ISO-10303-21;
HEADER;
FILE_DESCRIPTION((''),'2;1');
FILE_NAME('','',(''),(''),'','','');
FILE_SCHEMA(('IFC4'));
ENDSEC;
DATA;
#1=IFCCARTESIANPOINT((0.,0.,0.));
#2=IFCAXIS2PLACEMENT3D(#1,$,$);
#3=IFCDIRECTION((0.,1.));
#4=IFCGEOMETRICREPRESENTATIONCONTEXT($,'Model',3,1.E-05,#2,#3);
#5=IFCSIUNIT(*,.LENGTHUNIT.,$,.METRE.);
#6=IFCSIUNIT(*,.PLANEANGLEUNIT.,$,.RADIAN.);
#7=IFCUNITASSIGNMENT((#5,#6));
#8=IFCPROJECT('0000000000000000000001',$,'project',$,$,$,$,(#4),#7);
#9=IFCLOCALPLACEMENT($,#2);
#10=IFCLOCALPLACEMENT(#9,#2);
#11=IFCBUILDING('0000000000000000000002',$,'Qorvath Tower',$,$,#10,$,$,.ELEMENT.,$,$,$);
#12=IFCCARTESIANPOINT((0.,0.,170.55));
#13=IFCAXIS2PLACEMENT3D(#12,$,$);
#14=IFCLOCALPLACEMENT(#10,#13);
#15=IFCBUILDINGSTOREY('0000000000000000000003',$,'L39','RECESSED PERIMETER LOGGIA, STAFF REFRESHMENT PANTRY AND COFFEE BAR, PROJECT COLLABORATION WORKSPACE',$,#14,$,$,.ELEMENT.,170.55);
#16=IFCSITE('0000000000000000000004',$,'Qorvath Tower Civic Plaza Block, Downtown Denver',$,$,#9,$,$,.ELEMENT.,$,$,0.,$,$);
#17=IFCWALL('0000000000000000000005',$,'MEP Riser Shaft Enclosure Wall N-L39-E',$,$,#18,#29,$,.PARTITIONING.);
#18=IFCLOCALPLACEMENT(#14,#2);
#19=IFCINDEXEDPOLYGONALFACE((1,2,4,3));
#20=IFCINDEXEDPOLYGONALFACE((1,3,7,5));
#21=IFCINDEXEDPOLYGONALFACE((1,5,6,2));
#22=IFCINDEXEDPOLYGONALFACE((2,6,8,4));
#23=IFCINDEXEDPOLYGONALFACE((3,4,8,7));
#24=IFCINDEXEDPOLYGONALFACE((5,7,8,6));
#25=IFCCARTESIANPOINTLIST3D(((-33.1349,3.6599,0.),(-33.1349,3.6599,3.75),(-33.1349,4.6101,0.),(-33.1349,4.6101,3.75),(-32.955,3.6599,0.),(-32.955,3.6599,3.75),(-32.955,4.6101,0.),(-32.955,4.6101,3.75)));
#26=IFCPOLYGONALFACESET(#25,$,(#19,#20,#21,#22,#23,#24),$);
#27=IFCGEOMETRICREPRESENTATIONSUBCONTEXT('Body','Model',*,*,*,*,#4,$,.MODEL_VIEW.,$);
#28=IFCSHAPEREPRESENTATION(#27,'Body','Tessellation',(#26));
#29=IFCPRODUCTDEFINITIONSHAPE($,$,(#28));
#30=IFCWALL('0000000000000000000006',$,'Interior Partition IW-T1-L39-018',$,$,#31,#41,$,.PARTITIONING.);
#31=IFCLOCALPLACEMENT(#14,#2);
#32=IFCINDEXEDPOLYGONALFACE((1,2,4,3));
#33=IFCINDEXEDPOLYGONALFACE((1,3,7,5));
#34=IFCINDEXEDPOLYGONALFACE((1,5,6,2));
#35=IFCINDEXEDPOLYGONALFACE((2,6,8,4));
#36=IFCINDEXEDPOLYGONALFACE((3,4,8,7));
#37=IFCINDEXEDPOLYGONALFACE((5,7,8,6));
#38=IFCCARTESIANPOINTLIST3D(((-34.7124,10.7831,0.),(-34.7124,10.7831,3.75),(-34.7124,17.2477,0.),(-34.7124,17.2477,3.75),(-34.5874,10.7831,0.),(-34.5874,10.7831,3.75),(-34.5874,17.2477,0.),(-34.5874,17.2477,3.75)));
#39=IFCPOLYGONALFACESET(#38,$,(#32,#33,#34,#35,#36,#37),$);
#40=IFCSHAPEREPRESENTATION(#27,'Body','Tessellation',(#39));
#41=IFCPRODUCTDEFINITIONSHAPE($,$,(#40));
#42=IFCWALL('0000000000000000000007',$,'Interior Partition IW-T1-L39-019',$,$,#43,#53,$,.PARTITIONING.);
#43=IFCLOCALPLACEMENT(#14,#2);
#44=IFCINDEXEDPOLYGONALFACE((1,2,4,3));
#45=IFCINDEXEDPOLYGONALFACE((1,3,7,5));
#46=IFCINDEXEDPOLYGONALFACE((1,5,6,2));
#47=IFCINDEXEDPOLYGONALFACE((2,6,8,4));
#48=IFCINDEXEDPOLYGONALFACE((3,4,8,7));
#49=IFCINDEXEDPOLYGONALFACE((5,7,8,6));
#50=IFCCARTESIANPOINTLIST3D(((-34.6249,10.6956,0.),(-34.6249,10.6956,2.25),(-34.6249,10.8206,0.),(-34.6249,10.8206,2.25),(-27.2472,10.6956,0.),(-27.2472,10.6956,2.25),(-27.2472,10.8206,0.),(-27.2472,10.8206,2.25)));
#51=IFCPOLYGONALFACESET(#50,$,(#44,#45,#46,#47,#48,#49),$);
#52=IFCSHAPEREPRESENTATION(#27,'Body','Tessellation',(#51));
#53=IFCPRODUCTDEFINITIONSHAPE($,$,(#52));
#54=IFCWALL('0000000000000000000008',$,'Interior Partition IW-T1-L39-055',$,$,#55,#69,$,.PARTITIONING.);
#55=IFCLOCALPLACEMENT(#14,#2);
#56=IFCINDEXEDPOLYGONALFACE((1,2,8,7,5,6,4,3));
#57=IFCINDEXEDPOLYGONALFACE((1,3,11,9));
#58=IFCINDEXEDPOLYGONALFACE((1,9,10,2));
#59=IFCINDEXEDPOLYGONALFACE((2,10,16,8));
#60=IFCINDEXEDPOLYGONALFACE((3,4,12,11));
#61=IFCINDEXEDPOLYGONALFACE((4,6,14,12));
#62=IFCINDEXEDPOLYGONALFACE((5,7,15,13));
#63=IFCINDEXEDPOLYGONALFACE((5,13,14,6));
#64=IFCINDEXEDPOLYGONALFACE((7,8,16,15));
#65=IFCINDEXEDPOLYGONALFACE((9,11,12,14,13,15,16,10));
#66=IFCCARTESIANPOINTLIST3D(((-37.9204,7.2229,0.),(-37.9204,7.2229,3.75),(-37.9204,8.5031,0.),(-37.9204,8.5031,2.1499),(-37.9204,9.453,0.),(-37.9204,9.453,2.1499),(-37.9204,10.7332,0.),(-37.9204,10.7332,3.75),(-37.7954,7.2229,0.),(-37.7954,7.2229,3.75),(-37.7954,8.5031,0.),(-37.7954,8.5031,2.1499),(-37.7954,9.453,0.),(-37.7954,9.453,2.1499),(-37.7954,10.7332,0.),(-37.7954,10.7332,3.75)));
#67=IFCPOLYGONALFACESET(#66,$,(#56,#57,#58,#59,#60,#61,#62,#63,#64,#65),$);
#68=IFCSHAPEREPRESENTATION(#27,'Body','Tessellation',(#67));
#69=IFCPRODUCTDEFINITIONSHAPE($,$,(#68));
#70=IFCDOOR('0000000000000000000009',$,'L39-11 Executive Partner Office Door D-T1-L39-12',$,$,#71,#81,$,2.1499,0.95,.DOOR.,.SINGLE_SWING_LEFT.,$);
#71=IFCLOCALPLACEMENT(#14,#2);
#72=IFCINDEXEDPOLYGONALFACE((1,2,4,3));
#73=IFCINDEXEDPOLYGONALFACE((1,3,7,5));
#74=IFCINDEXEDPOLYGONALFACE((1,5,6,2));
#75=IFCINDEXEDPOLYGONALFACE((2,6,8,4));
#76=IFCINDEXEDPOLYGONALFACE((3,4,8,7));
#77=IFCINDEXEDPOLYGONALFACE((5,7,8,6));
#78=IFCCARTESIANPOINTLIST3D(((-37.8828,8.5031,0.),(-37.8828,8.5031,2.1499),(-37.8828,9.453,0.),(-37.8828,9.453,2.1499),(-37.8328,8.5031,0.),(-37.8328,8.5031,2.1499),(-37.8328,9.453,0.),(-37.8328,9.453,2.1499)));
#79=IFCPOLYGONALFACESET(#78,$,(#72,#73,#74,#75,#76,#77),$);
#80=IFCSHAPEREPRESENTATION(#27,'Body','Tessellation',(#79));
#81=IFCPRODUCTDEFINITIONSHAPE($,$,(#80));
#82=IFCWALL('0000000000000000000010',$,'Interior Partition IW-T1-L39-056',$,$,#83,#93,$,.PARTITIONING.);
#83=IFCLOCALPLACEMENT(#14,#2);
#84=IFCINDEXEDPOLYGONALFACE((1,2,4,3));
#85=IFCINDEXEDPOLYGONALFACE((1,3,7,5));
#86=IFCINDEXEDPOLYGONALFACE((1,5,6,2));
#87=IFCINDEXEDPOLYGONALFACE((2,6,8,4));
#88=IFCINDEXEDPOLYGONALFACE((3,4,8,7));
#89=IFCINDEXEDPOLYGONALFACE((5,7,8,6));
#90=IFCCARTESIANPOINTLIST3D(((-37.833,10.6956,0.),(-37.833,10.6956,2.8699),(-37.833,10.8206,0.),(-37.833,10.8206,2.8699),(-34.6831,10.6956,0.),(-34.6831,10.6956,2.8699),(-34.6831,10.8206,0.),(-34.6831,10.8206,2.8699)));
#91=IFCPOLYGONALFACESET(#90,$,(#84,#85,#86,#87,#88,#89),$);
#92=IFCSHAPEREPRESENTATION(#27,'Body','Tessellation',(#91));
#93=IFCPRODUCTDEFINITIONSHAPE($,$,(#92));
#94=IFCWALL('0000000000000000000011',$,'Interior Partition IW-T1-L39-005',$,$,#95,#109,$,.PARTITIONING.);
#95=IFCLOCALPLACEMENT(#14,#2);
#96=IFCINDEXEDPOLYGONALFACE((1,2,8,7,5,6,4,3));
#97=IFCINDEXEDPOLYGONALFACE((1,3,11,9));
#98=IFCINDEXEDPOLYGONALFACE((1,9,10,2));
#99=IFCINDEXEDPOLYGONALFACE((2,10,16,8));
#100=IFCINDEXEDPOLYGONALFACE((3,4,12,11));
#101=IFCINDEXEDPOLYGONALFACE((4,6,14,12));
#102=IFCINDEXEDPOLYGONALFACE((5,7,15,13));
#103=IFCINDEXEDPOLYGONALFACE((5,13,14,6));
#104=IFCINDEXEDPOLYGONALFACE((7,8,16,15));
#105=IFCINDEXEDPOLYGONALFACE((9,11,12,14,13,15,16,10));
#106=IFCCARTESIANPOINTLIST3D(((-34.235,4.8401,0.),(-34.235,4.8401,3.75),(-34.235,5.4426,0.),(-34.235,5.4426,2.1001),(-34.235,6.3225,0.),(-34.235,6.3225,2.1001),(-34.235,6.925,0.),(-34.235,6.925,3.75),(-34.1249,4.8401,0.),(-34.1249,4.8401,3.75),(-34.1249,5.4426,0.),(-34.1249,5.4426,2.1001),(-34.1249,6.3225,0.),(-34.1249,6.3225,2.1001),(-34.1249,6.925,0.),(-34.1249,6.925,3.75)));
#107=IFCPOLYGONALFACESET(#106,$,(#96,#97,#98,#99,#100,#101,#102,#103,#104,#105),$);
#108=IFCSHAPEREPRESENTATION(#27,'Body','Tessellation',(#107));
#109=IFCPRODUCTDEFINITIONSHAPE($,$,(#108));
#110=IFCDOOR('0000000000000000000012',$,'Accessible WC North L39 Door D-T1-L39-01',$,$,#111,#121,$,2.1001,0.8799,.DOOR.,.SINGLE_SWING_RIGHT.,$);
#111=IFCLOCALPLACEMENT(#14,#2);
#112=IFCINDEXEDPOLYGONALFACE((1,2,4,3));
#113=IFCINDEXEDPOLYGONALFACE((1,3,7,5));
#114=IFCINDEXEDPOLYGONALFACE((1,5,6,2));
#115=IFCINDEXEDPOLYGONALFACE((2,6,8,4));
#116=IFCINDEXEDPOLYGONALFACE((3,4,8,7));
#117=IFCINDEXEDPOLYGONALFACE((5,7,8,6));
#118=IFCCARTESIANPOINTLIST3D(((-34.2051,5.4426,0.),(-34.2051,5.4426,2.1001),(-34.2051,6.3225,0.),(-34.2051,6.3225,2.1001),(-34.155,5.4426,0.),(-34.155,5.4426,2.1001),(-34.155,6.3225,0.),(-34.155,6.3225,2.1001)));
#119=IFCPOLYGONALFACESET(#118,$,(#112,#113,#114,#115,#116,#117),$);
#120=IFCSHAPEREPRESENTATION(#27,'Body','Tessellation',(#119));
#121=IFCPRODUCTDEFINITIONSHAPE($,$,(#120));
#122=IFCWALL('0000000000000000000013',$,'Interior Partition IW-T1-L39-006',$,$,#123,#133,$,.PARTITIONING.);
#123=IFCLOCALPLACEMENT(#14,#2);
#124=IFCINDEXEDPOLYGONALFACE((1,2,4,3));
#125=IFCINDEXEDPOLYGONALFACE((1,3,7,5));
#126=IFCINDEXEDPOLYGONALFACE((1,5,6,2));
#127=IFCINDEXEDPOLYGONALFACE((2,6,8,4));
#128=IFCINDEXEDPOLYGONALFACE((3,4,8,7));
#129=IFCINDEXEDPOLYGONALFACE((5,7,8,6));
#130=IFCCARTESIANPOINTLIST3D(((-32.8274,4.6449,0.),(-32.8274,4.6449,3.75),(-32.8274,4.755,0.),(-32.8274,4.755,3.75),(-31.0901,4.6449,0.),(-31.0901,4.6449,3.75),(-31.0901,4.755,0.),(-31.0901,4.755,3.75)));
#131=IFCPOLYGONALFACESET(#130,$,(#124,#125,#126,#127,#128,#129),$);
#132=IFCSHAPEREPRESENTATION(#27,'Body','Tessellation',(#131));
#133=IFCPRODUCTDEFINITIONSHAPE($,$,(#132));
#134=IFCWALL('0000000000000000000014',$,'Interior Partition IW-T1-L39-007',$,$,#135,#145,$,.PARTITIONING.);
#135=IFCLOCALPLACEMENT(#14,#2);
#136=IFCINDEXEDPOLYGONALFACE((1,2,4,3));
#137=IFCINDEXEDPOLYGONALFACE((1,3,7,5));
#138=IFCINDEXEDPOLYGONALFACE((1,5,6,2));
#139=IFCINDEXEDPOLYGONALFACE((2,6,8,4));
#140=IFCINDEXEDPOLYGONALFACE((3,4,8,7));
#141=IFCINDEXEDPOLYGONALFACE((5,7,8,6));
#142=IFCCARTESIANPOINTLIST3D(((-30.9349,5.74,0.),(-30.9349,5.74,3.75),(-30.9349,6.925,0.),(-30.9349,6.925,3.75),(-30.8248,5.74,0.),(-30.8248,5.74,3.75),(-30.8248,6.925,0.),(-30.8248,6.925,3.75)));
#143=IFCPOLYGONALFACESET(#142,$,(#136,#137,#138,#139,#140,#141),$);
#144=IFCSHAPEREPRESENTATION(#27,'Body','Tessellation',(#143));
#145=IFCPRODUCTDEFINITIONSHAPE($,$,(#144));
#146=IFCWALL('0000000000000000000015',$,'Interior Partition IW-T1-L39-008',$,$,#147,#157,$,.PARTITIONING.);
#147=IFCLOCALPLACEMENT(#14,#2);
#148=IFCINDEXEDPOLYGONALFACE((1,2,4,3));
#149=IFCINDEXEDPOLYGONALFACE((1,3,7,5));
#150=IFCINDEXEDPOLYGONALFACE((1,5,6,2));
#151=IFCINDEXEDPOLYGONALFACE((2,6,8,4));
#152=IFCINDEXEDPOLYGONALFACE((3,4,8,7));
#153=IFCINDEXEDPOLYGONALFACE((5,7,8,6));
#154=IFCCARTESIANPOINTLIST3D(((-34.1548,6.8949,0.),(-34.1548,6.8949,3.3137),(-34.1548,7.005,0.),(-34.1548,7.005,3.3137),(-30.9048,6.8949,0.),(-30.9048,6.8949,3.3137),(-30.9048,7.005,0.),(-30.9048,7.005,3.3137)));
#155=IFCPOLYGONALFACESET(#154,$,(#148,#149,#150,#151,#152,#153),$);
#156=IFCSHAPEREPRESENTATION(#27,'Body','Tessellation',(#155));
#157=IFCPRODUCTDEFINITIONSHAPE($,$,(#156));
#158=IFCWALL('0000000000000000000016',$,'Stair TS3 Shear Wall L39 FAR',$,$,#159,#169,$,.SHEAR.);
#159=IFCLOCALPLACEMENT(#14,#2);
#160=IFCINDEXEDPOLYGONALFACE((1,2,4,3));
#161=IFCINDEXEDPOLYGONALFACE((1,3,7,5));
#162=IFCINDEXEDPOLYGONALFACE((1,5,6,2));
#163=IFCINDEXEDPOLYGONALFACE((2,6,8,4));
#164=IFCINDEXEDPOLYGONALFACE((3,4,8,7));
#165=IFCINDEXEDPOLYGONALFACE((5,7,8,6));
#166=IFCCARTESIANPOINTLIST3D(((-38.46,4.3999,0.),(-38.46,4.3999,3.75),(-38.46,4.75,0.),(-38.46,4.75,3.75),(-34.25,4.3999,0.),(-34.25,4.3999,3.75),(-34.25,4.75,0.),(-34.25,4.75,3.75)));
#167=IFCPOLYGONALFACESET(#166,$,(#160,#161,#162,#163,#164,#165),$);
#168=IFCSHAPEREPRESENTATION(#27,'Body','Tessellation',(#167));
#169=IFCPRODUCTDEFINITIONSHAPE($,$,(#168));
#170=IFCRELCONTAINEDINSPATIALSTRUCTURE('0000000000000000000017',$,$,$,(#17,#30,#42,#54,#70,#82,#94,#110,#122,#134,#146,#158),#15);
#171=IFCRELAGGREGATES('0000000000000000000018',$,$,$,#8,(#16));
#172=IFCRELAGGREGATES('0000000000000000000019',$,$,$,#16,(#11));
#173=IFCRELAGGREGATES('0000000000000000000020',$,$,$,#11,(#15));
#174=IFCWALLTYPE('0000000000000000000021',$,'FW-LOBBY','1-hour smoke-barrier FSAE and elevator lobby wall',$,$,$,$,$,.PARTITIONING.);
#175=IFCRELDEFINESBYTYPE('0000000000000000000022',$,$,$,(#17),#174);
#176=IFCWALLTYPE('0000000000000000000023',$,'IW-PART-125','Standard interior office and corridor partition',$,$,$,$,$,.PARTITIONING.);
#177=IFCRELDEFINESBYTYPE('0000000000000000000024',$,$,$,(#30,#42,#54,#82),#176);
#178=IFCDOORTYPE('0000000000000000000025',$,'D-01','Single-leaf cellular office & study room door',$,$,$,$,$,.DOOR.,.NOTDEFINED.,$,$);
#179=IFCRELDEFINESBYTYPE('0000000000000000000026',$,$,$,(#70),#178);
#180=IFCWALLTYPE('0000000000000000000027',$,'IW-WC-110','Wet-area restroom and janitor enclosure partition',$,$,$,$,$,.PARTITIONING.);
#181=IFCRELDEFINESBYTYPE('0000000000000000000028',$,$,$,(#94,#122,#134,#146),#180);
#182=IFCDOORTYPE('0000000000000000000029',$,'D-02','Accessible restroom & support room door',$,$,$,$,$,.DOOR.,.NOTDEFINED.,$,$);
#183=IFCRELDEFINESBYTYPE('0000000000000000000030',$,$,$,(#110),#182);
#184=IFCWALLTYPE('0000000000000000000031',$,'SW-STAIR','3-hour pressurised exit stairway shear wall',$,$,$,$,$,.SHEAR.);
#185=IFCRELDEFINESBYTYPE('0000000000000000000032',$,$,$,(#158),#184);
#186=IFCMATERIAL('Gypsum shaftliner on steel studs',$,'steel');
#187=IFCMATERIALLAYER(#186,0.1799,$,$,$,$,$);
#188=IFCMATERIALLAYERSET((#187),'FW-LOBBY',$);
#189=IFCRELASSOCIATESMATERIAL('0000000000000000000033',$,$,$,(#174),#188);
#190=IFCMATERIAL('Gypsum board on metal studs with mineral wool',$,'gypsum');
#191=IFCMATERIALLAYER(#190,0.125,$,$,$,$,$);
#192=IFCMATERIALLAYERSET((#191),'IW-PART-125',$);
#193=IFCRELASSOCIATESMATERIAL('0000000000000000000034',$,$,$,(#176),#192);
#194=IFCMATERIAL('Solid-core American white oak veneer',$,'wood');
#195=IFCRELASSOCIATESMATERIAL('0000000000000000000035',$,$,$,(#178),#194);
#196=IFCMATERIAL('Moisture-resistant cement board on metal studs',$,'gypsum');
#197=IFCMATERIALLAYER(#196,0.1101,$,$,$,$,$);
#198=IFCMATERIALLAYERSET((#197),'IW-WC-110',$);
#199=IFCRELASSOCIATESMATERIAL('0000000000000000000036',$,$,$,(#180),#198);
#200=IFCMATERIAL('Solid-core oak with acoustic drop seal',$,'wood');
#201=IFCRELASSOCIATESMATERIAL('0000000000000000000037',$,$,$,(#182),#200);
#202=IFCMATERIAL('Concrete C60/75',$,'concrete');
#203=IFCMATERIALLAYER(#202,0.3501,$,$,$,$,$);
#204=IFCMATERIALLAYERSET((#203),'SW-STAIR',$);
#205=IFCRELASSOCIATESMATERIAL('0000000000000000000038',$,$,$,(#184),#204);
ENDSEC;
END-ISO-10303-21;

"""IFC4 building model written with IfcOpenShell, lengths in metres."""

from ifc_helpers import new_model, si_unit, direction, frame, frame_2d, origin, place, context, subcontext, project, spatial, rectangle, extrude, material, layer, layer_set, type_object, element, fill, save


model = new_model("IFC4")

# Units and contexts
model_context = context("Model", 3, precision=1e-05, world=origin(), true_north=direction((0.0, 1.0)))
body_context = subcontext(model_context, "Body", "Model", "MODEL_VIEW")
ifc_project = project(units=[si_unit("LENGTHUNIT", "METRE"), si_unit("PLANEANGLEUNIT", "RADIAN")], contexts=[model_context])

# Site, building, storey
site_placement = place(None, origin())
site = spatial("IfcSite", under=ifc_project, at=site_placement, Name="Qorvath Tower Civic Plaza Block, Downtown Denver", CompositionType="ELEMENT", RefElevation=0.0)
building_placement = place(site_placement, origin())
building = spatial("IfcBuilding", under=site, at=building_placement, Name="Qorvath Tower", CompositionType="ELEMENT")
storey_placement = place(building_placement, frame((0.0, 0.0, 170.55)))
storey = spatial("IfcBuildingStorey", under=building, at=storey_placement, Name="L39", Description="RECESSED PERIMETER LOGGIA, STAFF REFRESHMENT PANTRY AND COFFEE BAR, PROJECT COLLABORATION WORKSPACE", CompositionType="ELEMENT", Elevation=170.55)

# Walls
ifc_material_1 = material(Name="Gypsum shaftliner on steel studs", Category="steel")
ifc_layer_1 = layer(ifc_material_1, 0.1799)
ifc_layer_set_1 = layer_set([ifc_layer_1], Name="FW-LOBBY")
wall_type_1 = type_object("IfcWallType", Name="FW-LOBBY", Description="1-hour smoke-barrier FSAE and elevator lobby wall", PredefinedType="PARTITIONING", material=ifc_layer_set_1)
for number, where, z_axis, x_axis, name in (
    (1, (-33.0449, 4.6101, 0.0), (0.0, 0.0, 1.0), (0.0, -1.0, 0.0), "MEP Riser Shaft Enclosure Wall N-L39-E"),
):
    element("IfcWall", number, at=place(storey_placement, frame(where, z_axis=z_axis, x_axis=x_axis)), inside=storey, type_object=wall_type_1, Name=name, PredefinedType="PARTITIONING", context=body_context, shape_type="SweptSolid", body=[
        extrude(rectangle(XDim=0.9502, YDim=0.1799, at=frame_2d((0.4751, 0.0))), origin(), (0.0, 0.0, 1.0), 3.75),
    ])
ifc_material_2 = material(Name="Gypsum board on metal studs with mineral wool", Category="gypsum")
ifc_layer_2 = layer(ifc_material_2, 0.125)
ifc_layer_set_2 = layer_set([ifc_layer_2], Name="IW-PART-125")
wall_type_2 = type_object("IfcWallType", Name="IW-PART-125", Description="Standard interior office and corridor partition", PredefinedType="PARTITIONING", material=ifc_layer_set_2)
wall_1_placement = place(storey_placement, frame((-34.6499, 17.2478, 0.0), z_axis=(0.0, 0.0, 1.0), x_axis=(0.0, -1.0, 0.0)))
element("IfcWall", 2, at=wall_1_placement, inside=storey, type_object=wall_type_2, Name="Interior Partition IW-T1-L39-018", PredefinedType="PARTITIONING", context=body_context, shape_type="SweptSolid", body=[
    extrude(rectangle(XDim=6.4646, YDim=0.125, at=frame_2d((3.2324, 0.0))), origin(), (0.0, 0.0, 1.0), 3.75),
])
wall_2_placement = place(storey_placement, frame((-34.625, 10.7581, 0.0), z_axis=(0.0, 0.0, 1.0), x_axis=(1.0, 0.0, 0.0)))
element("IfcWall", 3, at=wall_2_placement, inside=storey, type_object=wall_type_2, Name="Interior Partition IW-T1-L39-019", PredefinedType="PARTITIONING", context=body_context, shape_type="SweptSolid", body=[
    extrude(rectangle(XDim=7.3777, YDim=0.125, at=frame_2d((3.689, 0.0))), origin(), (0.0, 0.0, 1.0), 2.25),
])

# Wall, opening, door
wall_3_placement = place(storey_placement, frame((-37.8579, 7.2229, 0.0), z_axis=(0.0, 0.0, 1.0), x_axis=(0.0, 1.0, 0.0)))
wall_3 = element("IfcWall", 4, at=wall_3_placement, inside=storey, type_object=wall_type_2, Name="Interior Partition IW-T1-L39-055", PredefinedType="PARTITIONING", context=body_context, shape_type="SweptSolid", body=[
    extrude(rectangle(XDim=3.5103, YDim=0.125, at=frame_2d((1.7551, 0.0))), origin(), (0.0, 0.0, 1.0), 3.75),
])
opening_1_placement = place(wall_3_placement, frame((1.28, 0.0, 0.0)))
opening_1 = element("IfcOpeningElement", 5, at=opening_1_placement, cuts=wall_3, PredefinedType="OPENING", context=body_context, shape_type="SweptSolid", body=[
    extrude(rectangle(XDim=0.95, YDim=2.1499, at=frame_2d((0.4751, 1.075))), frame((0.0, 0.0725, 0.0), z_axis=(0.0, -1.0, 0.0), x_axis=(1.0, 0.0, 0.0)), (0.0, 0.0, 1.0), 0.145),
])
ifc_material_3 = material(Name="Solid-core American white oak veneer", Category="wood")
door_type_1 = type_object("IfcDoorType", Name="D-01", Description="Single-leaf cellular office & study room door", OperationType="NOTDEFINED", PredefinedType="DOOR", material=ifc_material_3)
door_1_placement = place(opening_1_placement, origin())
door_1 = element("IfcDoor", 6, at=door_1_placement, inside=storey, type_object=door_type_1, Name="L39-11 Executive Partner Office Door D-T1-L39-12", OperationType="SINGLE_SWING_LEFT", OverallHeight=2.1499, OverallWidth=0.95, PredefinedType="DOOR", context=body_context, shape_type="SweptSolid", body=[
    extrude(rectangle(XDim=0.95, YDim=2.1499, at=frame_2d((0.4751, 1.075))), frame((0.0, 0.0249, 0.0), z_axis=(0.0, -1.0, 0.0), x_axis=(1.0, 0.0, 0.0)), (0.0, 0.0, 1.0), 0.05),
])
fill(opening_1, door_1)

# Wall
wall_4_placement = place(storey_placement, frame((-34.6831, 10.7581, 0.0), z_axis=(0.0, 0.0, 1.0), x_axis=(-1.0, 0.0, 0.0)))
element("IfcWall", 7, at=wall_4_placement, inside=storey, type_object=wall_type_2, Name="Interior Partition IW-T1-L39-056", PredefinedType="PARTITIONING", context=body_context, shape_type="SweptSolid", body=[
    extrude(rectangle(XDim=3.1499, YDim=0.125, at=frame_2d((1.575, 0.0))), origin(), (0.0, 0.0, 1.0), 2.8699),
])

# Wall, opening, door
ifc_material_4 = material(Name="Moisture-resistant cement board on metal studs", Category="gypsum")
ifc_layer_3 = layer(ifc_material_4, 0.1101)
ifc_layer_set_3 = layer_set([ifc_layer_3], Name="IW-WC-110")
wall_type_3 = type_object("IfcWallType", Name="IW-WC-110", Description="Wet-area restroom and janitor enclosure partition", PredefinedType="PARTITIONING", material=ifc_layer_set_3)
wall_5_placement = place(storey_placement, frame((-34.1799, 6.925, 0.0), z_axis=(0.0, 0.0, 1.0), x_axis=(0.0, -1.0, 0.0)))
wall_5 = element("IfcWall", 8, at=wall_5_placement, inside=storey, type_object=wall_type_3, Name="Interior Partition IW-T1-L39-005", PredefinedType="PARTITIONING", context=body_context, shape_type="SweptSolid", body=[
    extrude(rectangle(XDim=2.085, YDim=0.1101, at=frame_2d((1.0425, 0.0))), origin(), (0.0, 0.0, 1.0), 3.75),
])
opening_2_placement = place(wall_5_placement, frame((0.6025, 0.0, 0.0)))
opening_2 = element("IfcOpeningElement", 9, at=opening_2_placement, cuts=wall_5, PredefinedType="OPENING", context=body_context, shape_type="SweptSolid", body=[
    extrude(rectangle(XDim=0.8799, YDim=2.1001, at=frame_2d((0.4399, 1.05))), frame((0.0, 0.0649, 0.0), z_axis=(0.0, -1.0, 0.0), x_axis=(1.0, 0.0, 0.0)), (0.0, 0.0, 1.0), 0.1301),
])
ifc_material_5 = material(Name="Solid-core oak with acoustic drop seal", Category="wood")
door_type_2 = type_object("IfcDoorType", Name="D-02", Description="Accessible restroom & support room door", OperationType="NOTDEFINED", PredefinedType="DOOR", material=ifc_material_5)
door_2_placement = place(opening_2_placement, origin())
door_2 = element("IfcDoor", 10, at=door_2_placement, inside=storey, type_object=door_type_2, Name="Accessible WC North L39 Door D-T1-L39-01", OperationType="SINGLE_SWING_RIGHT", OverallHeight=2.1001, OverallWidth=0.8799, PredefinedType="DOOR", context=body_context, shape_type="SweptSolid", body=[
    extrude(rectangle(XDim=0.8799, YDim=2.1001, at=frame_2d((0.4399, 1.05))), frame((0.0, 0.0249, 0.0), z_axis=(0.0, -1.0, 0.0), x_axis=(1.0, 0.0, 0.0)), (0.0, 0.0, 1.0), 0.05),
])
fill(opening_2, door_2)

# Walls
wall_6_placement = place(storey_placement, frame((-32.8274, 4.7, 0.0), z_axis=(0.0, 0.0, 1.0), x_axis=(1.0, 0.0, 0.0)))
element("IfcWall", 11, at=wall_6_placement, inside=storey, type_object=wall_type_3, Name="Interior Partition IW-T1-L39-006", PredefinedType="PARTITIONING", context=body_context, shape_type="SweptSolid", body=[
    extrude(rectangle(XDim=1.7373, YDim=0.1101, at=frame_2d((0.8687, 0.0))), origin(), (0.0, 0.0, 1.0), 3.75),
])
wall_7_placement = place(storey_placement, frame((-30.8799, 5.74, 0.0), z_axis=(0.0, 0.0, 1.0), x_axis=(0.0, 1.0, 0.0)))
element("IfcWall", 12, at=wall_7_placement, inside=storey, type_object=wall_type_3, Name="Interior Partition IW-T1-L39-007", PredefinedType="PARTITIONING", context=body_context, shape_type="SweptSolid", body=[
    extrude(rectangle(XDim=1.1851, YDim=0.1101, at=frame_2d((0.5925, 0.0))), origin(), (0.0, 0.0, 1.0), 3.75),
])
wall_8_placement = place(storey_placement, frame((-30.9048, 6.95, 0.0), z_axis=(0.0, 0.0, 1.0), x_axis=(-1.0, 0.0, 0.0)))
element("IfcWall", 13, at=wall_8_placement, inside=storey, type_object=wall_type_3, Name="Interior Partition IW-T1-L39-008", PredefinedType="PARTITIONING", context=body_context, shape_type="SweptSolid", body=[
    extrude(rectangle(XDim=3.25, YDim=0.1101, at=frame_2d((1.625, 0.0))), origin(), (0.0, 0.0, 1.0), 3.3137),
])
ifc_material_6 = material(Name="Concrete C60/75", Category="concrete")
ifc_layer_4 = layer(ifc_material_6, 0.3501)
ifc_layer_set_4 = layer_set([ifc_layer_4], Name="SW-STAIR")
wall_type_4 = type_object("IfcWallType", Name="SW-STAIR", Description="3-hour pressurised exit stairway shear wall", PredefinedType="SHEAR", material=ifc_layer_set_4)
wall_9_placement = place(storey_placement, frame((-34.25, 4.575, 0.0), z_axis=(0.0, 0.0, 1.0), x_axis=(-1.0, 0.0, 0.0)))
element("IfcWall", 14, at=wall_9_placement, inside=storey, type_object=wall_type_4, Name="Stair TS3 Shear Wall L39 FAR", PredefinedType="SHEAR", context=body_context, shape_type="SweptSolid", body=[
    extrude(rectangle(XDim=4.21, YDim=0.3501, at=frame_2d((2.105, 0.0))), origin(), (0.0, 0.0, 1.0), 3.75),
])

save(model, "model.ifc")
